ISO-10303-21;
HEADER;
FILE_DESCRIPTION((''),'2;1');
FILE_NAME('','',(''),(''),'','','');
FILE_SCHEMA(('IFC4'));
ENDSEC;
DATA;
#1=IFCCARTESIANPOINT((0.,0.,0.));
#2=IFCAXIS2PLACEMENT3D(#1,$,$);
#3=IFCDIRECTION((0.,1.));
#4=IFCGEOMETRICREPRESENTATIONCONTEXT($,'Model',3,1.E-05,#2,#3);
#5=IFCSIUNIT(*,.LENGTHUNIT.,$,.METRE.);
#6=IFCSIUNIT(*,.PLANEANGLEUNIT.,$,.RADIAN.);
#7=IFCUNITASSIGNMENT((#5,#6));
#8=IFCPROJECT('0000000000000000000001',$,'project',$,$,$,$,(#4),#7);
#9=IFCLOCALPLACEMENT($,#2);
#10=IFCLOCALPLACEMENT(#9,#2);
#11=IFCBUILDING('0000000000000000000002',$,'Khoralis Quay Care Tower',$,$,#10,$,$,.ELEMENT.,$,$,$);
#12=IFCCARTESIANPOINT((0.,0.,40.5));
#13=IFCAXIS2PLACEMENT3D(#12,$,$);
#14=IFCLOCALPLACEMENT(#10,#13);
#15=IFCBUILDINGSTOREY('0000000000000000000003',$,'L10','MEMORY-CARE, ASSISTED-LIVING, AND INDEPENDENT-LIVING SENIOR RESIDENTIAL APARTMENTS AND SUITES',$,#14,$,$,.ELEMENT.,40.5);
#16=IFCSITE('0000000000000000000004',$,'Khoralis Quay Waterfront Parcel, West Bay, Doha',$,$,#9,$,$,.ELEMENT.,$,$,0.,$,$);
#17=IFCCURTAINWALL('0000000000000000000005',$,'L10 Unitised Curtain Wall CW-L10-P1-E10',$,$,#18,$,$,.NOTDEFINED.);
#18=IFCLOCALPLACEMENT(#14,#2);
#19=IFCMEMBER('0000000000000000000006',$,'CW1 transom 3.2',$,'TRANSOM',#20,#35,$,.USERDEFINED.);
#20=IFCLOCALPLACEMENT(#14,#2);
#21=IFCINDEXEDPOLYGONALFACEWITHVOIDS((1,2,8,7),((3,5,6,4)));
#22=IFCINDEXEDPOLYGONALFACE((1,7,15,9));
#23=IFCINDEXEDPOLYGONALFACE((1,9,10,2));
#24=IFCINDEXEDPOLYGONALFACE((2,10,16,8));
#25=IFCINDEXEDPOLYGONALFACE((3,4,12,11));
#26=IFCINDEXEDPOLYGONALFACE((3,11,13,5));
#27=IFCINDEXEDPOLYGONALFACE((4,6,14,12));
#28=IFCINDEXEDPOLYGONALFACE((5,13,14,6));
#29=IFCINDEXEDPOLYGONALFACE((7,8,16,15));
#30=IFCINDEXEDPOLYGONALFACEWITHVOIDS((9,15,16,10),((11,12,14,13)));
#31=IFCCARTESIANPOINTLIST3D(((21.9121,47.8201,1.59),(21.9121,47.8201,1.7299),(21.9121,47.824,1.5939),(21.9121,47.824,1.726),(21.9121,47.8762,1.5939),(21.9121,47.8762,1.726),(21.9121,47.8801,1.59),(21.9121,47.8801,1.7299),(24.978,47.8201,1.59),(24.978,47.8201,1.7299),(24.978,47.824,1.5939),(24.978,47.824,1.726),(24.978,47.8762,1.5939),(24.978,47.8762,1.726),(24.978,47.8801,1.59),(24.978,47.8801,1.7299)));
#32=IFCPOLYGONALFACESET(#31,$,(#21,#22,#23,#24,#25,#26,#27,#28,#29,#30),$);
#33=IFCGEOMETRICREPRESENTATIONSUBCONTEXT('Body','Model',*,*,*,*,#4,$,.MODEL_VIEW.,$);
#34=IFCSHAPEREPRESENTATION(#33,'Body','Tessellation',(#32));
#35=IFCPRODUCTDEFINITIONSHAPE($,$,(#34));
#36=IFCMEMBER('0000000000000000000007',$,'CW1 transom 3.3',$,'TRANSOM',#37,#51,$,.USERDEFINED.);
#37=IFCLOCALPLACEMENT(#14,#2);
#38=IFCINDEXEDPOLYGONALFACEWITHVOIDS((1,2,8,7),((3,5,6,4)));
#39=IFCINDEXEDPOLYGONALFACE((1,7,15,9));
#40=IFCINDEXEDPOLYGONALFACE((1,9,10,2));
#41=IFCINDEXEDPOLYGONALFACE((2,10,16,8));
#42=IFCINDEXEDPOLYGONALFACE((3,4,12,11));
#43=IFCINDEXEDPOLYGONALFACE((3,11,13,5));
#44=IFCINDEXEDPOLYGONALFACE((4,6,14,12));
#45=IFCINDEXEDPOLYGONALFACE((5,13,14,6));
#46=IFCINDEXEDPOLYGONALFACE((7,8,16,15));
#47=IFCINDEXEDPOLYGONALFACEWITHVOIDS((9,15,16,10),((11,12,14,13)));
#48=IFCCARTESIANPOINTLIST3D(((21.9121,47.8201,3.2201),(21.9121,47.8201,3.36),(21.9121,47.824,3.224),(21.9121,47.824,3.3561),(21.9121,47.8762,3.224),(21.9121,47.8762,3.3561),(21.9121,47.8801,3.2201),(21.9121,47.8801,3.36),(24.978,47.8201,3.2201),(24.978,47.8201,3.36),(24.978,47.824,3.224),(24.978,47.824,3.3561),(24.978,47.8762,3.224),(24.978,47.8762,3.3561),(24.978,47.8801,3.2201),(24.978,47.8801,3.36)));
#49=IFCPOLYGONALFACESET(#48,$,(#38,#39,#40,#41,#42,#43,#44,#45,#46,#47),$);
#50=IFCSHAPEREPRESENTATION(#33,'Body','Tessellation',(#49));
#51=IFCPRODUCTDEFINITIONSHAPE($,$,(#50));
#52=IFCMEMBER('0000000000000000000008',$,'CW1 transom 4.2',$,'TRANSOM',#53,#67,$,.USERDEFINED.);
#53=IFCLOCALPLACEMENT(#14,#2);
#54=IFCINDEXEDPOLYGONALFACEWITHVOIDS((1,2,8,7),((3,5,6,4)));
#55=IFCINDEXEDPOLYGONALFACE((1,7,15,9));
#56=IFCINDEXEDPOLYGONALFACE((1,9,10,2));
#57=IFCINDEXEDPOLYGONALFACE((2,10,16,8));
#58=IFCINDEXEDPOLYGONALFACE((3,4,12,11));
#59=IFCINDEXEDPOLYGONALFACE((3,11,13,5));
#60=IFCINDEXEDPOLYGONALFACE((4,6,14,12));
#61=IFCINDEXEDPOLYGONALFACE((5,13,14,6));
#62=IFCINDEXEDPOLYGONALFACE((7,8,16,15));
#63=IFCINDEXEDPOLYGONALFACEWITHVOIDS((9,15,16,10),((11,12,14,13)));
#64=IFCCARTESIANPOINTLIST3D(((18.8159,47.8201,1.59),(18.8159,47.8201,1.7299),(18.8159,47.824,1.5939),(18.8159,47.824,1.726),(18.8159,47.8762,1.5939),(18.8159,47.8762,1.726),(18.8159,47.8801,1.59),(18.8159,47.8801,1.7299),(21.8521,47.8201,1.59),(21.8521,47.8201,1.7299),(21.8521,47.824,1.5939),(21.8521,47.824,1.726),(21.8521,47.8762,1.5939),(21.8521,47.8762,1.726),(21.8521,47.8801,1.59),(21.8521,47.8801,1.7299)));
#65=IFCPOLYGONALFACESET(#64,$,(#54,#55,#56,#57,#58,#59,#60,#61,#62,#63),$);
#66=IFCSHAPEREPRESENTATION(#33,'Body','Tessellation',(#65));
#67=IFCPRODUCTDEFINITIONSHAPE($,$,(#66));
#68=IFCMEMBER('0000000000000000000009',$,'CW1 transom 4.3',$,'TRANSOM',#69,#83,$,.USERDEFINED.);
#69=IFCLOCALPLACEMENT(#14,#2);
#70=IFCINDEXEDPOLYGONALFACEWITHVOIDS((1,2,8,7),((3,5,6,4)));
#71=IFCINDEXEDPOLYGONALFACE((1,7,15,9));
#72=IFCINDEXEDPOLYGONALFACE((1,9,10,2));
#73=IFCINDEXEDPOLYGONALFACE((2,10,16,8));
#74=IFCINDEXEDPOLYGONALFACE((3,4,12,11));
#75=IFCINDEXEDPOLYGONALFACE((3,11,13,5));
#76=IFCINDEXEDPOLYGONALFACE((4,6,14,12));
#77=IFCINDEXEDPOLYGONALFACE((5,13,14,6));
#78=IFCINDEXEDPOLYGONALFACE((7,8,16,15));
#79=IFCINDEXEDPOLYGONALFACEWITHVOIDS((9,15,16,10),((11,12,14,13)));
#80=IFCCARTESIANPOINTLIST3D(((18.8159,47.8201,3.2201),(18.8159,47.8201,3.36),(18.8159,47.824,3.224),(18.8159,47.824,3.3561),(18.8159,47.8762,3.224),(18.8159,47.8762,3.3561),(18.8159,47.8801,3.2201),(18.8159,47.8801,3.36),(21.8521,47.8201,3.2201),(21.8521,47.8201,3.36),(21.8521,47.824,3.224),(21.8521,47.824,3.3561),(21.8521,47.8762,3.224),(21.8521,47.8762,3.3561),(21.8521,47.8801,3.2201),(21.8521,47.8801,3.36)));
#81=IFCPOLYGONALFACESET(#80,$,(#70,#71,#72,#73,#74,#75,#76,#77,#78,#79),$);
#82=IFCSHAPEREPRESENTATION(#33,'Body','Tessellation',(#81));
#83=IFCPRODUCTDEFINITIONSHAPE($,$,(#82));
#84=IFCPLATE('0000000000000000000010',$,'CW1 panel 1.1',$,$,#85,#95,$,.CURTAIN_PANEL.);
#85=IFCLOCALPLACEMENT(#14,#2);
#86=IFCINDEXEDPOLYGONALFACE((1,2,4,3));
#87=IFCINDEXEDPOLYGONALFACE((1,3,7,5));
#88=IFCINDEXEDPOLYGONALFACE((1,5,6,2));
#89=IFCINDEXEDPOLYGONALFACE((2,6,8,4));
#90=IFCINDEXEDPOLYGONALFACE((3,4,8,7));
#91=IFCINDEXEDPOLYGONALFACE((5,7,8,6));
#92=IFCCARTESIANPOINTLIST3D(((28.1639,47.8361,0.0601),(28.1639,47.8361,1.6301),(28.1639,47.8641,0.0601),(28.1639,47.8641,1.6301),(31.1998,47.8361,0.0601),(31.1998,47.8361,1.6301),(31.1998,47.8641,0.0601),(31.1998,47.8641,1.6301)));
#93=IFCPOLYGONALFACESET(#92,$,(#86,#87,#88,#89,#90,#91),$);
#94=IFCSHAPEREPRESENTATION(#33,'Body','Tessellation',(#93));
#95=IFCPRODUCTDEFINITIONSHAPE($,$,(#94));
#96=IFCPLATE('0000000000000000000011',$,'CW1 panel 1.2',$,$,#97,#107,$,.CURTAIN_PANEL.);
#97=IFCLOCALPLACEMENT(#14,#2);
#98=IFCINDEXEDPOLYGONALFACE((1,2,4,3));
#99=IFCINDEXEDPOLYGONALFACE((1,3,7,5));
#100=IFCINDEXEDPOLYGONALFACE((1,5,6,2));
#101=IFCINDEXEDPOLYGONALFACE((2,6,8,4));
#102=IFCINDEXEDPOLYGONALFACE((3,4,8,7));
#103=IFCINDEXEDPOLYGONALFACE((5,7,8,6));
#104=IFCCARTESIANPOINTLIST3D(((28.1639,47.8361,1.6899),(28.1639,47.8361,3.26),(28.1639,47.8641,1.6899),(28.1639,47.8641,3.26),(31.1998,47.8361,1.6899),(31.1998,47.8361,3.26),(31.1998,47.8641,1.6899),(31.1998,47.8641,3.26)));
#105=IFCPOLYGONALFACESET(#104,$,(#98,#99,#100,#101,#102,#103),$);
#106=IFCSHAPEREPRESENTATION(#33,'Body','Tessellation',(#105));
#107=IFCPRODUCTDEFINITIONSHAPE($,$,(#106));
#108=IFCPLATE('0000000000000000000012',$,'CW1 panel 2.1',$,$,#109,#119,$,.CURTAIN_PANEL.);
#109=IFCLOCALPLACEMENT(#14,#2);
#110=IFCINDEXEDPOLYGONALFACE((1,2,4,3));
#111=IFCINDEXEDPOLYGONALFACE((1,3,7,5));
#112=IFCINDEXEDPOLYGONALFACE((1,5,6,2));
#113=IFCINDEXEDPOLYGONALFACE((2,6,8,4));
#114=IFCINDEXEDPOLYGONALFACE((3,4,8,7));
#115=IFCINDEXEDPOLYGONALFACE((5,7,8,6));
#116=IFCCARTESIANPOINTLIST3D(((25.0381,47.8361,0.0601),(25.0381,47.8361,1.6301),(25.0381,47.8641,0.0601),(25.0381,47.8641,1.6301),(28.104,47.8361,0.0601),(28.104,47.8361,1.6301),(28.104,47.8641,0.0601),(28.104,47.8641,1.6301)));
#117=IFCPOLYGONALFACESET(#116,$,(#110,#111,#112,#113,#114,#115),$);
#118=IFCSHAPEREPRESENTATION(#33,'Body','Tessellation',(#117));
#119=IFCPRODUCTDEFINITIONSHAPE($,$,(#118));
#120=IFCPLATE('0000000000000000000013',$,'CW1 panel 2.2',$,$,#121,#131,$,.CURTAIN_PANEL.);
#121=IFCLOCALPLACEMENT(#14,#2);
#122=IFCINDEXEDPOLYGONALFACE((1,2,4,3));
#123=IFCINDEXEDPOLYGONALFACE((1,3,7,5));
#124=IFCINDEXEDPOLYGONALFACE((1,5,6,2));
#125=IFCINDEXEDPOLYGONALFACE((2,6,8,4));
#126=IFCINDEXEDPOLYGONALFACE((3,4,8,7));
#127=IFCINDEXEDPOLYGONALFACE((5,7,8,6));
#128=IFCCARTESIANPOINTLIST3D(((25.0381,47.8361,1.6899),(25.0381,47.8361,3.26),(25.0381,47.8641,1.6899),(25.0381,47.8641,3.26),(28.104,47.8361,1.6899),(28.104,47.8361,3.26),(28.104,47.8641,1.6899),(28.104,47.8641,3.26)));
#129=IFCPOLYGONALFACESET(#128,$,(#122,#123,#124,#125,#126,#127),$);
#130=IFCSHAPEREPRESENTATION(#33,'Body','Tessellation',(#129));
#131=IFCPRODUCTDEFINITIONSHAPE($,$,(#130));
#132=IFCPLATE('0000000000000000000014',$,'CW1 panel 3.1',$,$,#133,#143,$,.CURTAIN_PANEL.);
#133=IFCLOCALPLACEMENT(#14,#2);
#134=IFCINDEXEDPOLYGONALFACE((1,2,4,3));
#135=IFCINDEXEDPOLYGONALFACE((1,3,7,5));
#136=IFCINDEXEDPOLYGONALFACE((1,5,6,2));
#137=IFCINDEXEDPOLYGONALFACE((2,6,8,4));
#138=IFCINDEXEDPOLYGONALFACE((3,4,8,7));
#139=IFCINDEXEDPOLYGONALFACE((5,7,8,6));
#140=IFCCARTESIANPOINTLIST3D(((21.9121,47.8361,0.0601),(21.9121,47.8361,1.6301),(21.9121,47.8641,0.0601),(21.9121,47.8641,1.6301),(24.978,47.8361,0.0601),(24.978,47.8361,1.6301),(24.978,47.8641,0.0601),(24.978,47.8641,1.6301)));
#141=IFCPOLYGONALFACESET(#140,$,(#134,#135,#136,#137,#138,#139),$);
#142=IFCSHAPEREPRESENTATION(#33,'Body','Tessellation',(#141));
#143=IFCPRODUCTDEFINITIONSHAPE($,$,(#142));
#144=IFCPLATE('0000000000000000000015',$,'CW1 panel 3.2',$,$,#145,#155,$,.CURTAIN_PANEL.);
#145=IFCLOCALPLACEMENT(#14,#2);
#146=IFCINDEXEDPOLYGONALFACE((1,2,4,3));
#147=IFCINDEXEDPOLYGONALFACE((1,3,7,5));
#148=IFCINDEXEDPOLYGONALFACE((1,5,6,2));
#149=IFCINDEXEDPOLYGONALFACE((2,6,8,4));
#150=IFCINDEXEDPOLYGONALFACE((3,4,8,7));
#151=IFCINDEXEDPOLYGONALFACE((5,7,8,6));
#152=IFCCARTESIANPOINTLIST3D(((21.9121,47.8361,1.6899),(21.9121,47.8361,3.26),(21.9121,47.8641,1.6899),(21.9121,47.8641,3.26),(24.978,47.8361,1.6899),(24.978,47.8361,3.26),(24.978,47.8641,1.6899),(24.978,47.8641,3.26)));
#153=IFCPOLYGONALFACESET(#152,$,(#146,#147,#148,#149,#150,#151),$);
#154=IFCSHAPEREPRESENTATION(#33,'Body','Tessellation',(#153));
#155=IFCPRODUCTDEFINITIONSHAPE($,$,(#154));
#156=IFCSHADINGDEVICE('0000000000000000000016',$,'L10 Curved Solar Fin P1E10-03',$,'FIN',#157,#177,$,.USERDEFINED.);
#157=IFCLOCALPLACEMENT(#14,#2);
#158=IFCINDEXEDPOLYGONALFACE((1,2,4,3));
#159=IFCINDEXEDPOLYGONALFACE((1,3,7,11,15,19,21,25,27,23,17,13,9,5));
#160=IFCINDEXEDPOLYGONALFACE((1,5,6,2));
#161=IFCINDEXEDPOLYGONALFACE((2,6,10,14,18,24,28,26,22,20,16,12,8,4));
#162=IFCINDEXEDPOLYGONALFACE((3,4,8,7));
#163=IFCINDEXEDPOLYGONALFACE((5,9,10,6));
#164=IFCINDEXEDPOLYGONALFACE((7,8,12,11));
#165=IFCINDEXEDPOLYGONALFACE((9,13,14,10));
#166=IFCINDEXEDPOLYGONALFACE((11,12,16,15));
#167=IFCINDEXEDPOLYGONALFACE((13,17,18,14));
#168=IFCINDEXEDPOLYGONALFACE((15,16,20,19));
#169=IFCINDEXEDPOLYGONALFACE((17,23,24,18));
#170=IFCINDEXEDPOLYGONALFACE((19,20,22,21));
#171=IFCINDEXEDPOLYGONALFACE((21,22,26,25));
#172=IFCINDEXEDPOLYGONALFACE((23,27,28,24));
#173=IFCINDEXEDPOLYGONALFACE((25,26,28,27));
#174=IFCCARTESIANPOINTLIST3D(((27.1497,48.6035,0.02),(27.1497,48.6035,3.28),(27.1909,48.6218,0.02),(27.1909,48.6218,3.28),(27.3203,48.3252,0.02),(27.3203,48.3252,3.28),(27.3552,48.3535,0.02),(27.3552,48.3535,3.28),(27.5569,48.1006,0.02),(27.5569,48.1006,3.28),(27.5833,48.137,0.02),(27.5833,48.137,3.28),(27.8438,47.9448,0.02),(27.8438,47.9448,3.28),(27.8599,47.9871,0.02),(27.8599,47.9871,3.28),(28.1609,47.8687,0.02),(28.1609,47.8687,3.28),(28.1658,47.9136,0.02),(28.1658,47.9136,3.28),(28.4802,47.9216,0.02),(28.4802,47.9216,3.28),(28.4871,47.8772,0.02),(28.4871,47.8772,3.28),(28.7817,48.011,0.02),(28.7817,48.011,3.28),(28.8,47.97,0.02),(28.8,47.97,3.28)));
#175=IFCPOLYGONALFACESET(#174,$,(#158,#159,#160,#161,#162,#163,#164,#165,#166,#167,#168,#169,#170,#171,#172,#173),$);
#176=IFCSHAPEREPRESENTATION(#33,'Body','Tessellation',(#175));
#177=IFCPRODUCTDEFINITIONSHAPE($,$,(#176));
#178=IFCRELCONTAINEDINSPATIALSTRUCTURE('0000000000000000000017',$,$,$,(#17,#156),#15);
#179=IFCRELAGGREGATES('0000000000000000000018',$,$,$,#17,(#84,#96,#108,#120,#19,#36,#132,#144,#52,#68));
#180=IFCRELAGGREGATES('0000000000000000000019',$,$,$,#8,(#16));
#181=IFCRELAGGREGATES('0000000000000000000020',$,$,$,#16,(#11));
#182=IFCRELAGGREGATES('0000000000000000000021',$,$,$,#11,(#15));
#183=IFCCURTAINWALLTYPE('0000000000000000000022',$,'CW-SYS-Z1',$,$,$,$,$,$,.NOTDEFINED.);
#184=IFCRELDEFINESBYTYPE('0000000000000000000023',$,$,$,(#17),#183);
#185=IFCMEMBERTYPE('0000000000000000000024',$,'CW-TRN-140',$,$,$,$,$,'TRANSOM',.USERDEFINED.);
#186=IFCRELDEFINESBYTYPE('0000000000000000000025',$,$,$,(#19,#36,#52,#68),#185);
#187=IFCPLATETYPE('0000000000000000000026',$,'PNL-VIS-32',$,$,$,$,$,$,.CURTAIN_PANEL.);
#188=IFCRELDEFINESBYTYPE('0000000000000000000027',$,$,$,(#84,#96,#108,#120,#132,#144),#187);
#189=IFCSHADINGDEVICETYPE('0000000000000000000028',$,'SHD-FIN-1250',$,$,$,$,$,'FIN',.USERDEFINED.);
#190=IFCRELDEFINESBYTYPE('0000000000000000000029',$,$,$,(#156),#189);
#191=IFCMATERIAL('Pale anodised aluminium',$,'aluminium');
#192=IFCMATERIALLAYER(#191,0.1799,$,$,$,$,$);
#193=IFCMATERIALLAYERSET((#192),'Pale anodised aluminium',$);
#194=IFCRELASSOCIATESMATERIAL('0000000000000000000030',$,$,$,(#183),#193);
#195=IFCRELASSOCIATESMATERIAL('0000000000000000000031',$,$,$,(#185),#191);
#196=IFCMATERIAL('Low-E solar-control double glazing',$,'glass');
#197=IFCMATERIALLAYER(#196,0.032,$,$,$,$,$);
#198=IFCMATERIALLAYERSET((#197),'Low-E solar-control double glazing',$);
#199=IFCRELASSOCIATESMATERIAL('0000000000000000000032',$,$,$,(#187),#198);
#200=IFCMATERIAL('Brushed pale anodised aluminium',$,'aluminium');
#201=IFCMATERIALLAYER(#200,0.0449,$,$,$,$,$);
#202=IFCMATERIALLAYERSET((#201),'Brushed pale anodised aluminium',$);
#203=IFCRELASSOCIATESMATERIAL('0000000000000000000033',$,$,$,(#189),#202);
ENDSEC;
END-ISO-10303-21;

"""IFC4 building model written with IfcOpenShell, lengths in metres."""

from ifc_helpers import new_model, si_unit, direction, frame, origin, origin_2d, place, context, subcontext, project, spatial, polyline, rectangle, hollow_rectangle, outline, extrude, source, transform, mapped, material, layer, layer_set, material_profile, profile_set, type_object, element, aggregate, save


model = new_model("IFC4")

# Units and contexts
model_context = context("Model", 3, precision=1e-05, world=origin(), true_north=direction((0.0, 1.0)))
body_context = subcontext(model_context, "Body", "Model", "MODEL_VIEW")
ifc_project = project(units=[si_unit("LENGTHUNIT", "METRE"), si_unit("PLANEANGLEUNIT", "RADIAN")], contexts=[model_context])

# Site, building, storey
site_placement = place(None, origin())
site = spatial("IfcSite", under=ifc_project, at=site_placement, Name="Khoralis Quay Waterfront Parcel, West Bay, Doha", CompositionType="ELEMENT", RefElevation=0.0)
building_placement = place(site_placement, origin())
building = spatial("IfcBuilding", under=site, at=building_placement, Name="Khoralis Quay Care Tower", CompositionType="ELEMENT")
storey_placement = place(building_placement, frame((0.0, 0.0, 40.5)))
storey = spatial("IfcBuildingStorey", under=building, at=storey_placement, Name="L10", Description="MEMORY-CARE, ASSISTED-LIVING, AND INDEPENDENT-LIVING SENIOR RESIDENTIAL APARTMENTS AND SUITES", CompositionType="ELEMENT", Elevation=40.5)

# Curtain wall, members, plates
ifc_material_1 = material(Name="Pale anodised aluminium", Category="aluminium")
ifc_layer_1 = layer(ifc_material_1, 0.1799)
ifc_layer_set_1 = layer_set([ifc_layer_1], Name="Pale anodised aluminium")
curtain_wall_type = type_object("IfcCurtainWallType", Name="CW-SYS-Z1", PredefinedType="NOTDEFINED", material=ifc_layer_set_1)
curtain_wall_placement = place(storey_placement, origin())
curtain_wall = element("IfcCurtainWall", 1, at=curtain_wall_placement, inside=storey, type_object=curtain_wall_type, Name="L10 Unitised Curtain Wall CW-L10-P1-E10", PredefinedType="NOTDEFINED")
ifc_material_profile_1 = material_profile(ifc_material_1, hollow_rectangle(XDim=0.0601, YDim=0.1399, WallThickness=0.0039, at=origin_2d()), Name="Pale anodised aluminium")
ifc_profile_set_1 = profile_set([ifc_material_profile_1], Name="Pale anodised aluminium")
member_type_1 = type_object("IfcMemberType", Name="CW-TRN-140", ElementType="TRANSOM", PredefinedType="USERDEFINED", material=ifc_profile_set_1)
shared_shape_1 = source(origin(), body_context, "Body", "SweptSolid", [
    extrude(hollow_rectangle(XDim=0.0601, YDim=0.1399, WallThickness=0.0039, at=origin_2d()), origin(), (0.0, 0.0, 1.0), 3.0659),
])
member_1_placement = place(storey_placement, frame((24.978, 47.8501, 1.6599), z_axis=(-1.0, 0.0, 0.0), x_axis=(0.0, -1.0, 0.0)))
member_1 = element("IfcMember", 2, at=member_1_placement, type_object=member_type_1, Name="CW1 transom 3.2", ObjectType="TRANSOM", PredefinedType="USERDEFINED", context=body_context, shape_type="MappedRepresentation", body=[
    mapped(shared_shape_1, transform((0.0, 0.0, 0.0), scale=1.0)),
])
member_2_placement = place(storey_placement, frame((24.978, 47.8501, 3.29), z_axis=(-1.0, 0.0, 0.0), x_axis=(0.0, -1.0, 0.0)))
member_2 = element("IfcMember", 3, at=member_2_placement, type_object=member_type_1, Name="CW1 transom 3.3", ObjectType="TRANSOM", PredefinedType="USERDEFINED", context=body_context, shape_type="MappedRepresentation", body=[
    mapped(shared_shape_1, transform((0.0, 0.0, 0.0), scale=1.0)),
])
shared_shape_2 = source(origin(), body_context, "Body", "SweptSolid", [
    extrude(hollow_rectangle(XDim=0.0601, YDim=0.1399, WallThickness=0.0039, at=origin_2d()), origin(), (0.0, 0.0, 1.0), 3.0361),
])
member_3_placement = place(storey_placement, frame((21.8521, 47.8501, 1.6599), z_axis=(-1.0, 0.0, 0.0), x_axis=(0.0, -1.0, 0.0)))
member_3 = element("IfcMember", 4, at=member_3_placement, type_object=member_type_1, Name="CW1 transom 4.2", ObjectType="TRANSOM", PredefinedType="USERDEFINED", context=body_context, shape_type="MappedRepresentation", body=[
    mapped(shared_shape_2, transform((0.0, 0.0, 0.0), scale=1.0)),
])
member_4_placement = place(storey_placement, frame((21.8521, 47.8501, 3.29), z_axis=(-1.0, 0.0, 0.0), x_axis=(0.0, -1.0, 0.0)))
member_4 = element("IfcMember", 5, at=member_4_placement, type_object=member_type_1, Name="CW1 transom 4.3", ObjectType="TRANSOM", PredefinedType="USERDEFINED", context=body_context, shape_type="MappedRepresentation", body=[
    mapped(shared_shape_2, transform((0.0, 0.0, 0.0), scale=1.0)),
])
ifc_material_2 = material(Name="Low-E solar-control double glazing", Category="glass")
ifc_layer_2 = layer(ifc_material_2, 0.032)
ifc_layer_set_2 = layer_set([ifc_layer_2], Name="Low-E solar-control double glazing")
plate_type = type_object("IfcPlateType", Name="PNL-VIS-32", PredefinedType="CURTAIN_PANEL", material=ifc_layer_set_2)
shared_shape_3 = source(origin(), body_context, "Body", "SweptSolid", [
    extrude(rectangle(XDim=3.0359, YDim=0.0281, at=origin_2d()), origin(), (0.0, 0.0, 1.0), 1.5701),
])
plate_1_placement = place(storey_placement, frame((29.6819, 47.8501, 0.0601), z_axis=(0.0, 0.0, 1.0), x_axis=(-1.0, 0.0, 0.0)))
plate_1 = element("IfcPlate", 6, at=plate_1_placement, type_object=plate_type, Name="CW1 panel 1.1", PredefinedType="CURTAIN_PANEL", context=body_context, shape_type="MappedRepresentation", body=[
    mapped(shared_shape_3, transform((0.0, 0.0, 0.0), scale=1.0)),
])
plate_2_placement = place(storey_placement, frame((29.6819, 47.8501, 1.6899), z_axis=(0.0, 0.0, 1.0), x_axis=(-1.0, 0.0, 0.0)))
plate_2 = element("IfcPlate", 7, at=plate_2_placement, type_object=plate_type, Name="CW1 panel 1.2", PredefinedType="CURTAIN_PANEL", context=body_context, shape_type="MappedRepresentation", body=[
    mapped(shared_shape_3, transform((0.0, 0.0, 0.0), scale=1.0)),
])
shared_shape_4 = source(origin(), body_context, "Body", "SweptSolid", [
    extrude(rectangle(XDim=3.0659, YDim=0.0281, at=origin_2d()), origin(), (0.0, 0.0, 1.0), 1.5701),
])
plate_3_placement = place(storey_placement, frame((26.571, 47.8501, 0.0601), z_axis=(0.0, 0.0, 1.0), x_axis=(-1.0, 0.0, 0.0)))
plate_3 = element("IfcPlate", 8, at=plate_3_placement, type_object=plate_type, Name="CW1 panel 2.1", PredefinedType="CURTAIN_PANEL", context=body_context, shape_type="MappedRepresentation", body=[
    mapped(shared_shape_4, transform((0.0, 0.0, 0.0), scale=1.0)),
])
plate_4_placement = place(storey_placement, frame((26.571, 47.8501, 1.6899), z_axis=(0.0, 0.0, 1.0), x_axis=(-1.0, 0.0, 0.0)))
plate_4 = element("IfcPlate", 9, at=plate_4_placement, type_object=plate_type, Name="CW1 panel 2.2", PredefinedType="CURTAIN_PANEL", context=body_context, shape_type="MappedRepresentation", body=[
    mapped(shared_shape_4, transform((0.0, 0.0, 0.0), scale=1.0)),
])
plate_5_placement = place(storey_placement, frame((23.4451, 47.8501, 0.0601), z_axis=(0.0, 0.0, 1.0), x_axis=(-1.0, 0.0, 0.0)))
plate_5 = element("IfcPlate", 10, at=plate_5_placement, type_object=plate_type, Name="CW1 panel 3.1", PredefinedType="CURTAIN_PANEL", context=body_context, shape_type="MappedRepresentation", body=[
    mapped(shared_shape_4, transform((0.0, 0.0, 0.0), scale=1.0)),
])
plate_6_placement = place(storey_placement, frame((23.4451, 47.8501, 1.6899), z_axis=(0.0, 0.0, 1.0), x_axis=(-1.0, 0.0, 0.0)))
plate_6 = element("IfcPlate", 11, at=plate_6_placement, type_object=plate_type, Name="CW1 panel 3.2", PredefinedType="CURTAIN_PANEL", context=body_context, shape_type="MappedRepresentation", body=[
    mapped(shared_shape_4, transform((0.0, 0.0, 0.0), scale=1.0)),
])
aggregate(curtain_wall, [plate_1, plate_2, plate_3, plate_4, member_1, member_2, plate_5, plate_6, member_3, member_4])

# Shading device
ifc_material_3 = material(Name="Brushed pale anodised aluminium", Category="aluminium")
ifc_layer_3 = layer(ifc_material_3, 0.0449)
ifc_layer_set_3 = layer_set([ifc_layer_3], Name="Brushed pale anodised aluminium")
shading_device_type = type_object("IfcShadingDeviceType", Name="SHD-FIN-1250", ElementType="FIN", PredefinedType="USERDEFINED", material=ifc_layer_set_3)
shared_shape_5 = source(origin(), body_context, "Body", "SweptSolid", [
    extrude(outline(polyline([(0.0, 0.0), (-0.0928, 0.313), (-0.1013, 0.6392), (-0.0251, 0.9563), (0.1306, 1.2432), (0.3552, 1.4797), (0.6335, 1.6504), (0.6519, 1.6091), (0.3835, 1.4448), (0.167, 1.2168), (0.0171, 0.9402), (-0.0564, 0.6343), (-0.0483, 0.3198), (0.041, 0.0183), (0.0, 0.0)])), origin(), (0.0, 0.0, 1.0), 3.26),
])
for number, where, z_axis, x_axis, name in (
    (12, (28.8, 47.97, 0.02), (0.0, 0.0, 1.0), (0.0, 1.0, 0.0), "L10 Curved Solar Fin P1E10-03"),
):
    element("IfcShadingDevice", number, at=place(storey_placement, frame(where, z_axis=z_axis, x_axis=x_axis)), inside=storey, type_object=shading_device_type, Name=name, ObjectType="FIN", PredefinedType="USERDEFINED", context=body_context, shape_type="MappedRepresentation", body=[
        mapped(shared_shape_5, transform((0.0, 0.0, 0.0), scale=1.0)),
    ])

save(model, "model.ifc")
